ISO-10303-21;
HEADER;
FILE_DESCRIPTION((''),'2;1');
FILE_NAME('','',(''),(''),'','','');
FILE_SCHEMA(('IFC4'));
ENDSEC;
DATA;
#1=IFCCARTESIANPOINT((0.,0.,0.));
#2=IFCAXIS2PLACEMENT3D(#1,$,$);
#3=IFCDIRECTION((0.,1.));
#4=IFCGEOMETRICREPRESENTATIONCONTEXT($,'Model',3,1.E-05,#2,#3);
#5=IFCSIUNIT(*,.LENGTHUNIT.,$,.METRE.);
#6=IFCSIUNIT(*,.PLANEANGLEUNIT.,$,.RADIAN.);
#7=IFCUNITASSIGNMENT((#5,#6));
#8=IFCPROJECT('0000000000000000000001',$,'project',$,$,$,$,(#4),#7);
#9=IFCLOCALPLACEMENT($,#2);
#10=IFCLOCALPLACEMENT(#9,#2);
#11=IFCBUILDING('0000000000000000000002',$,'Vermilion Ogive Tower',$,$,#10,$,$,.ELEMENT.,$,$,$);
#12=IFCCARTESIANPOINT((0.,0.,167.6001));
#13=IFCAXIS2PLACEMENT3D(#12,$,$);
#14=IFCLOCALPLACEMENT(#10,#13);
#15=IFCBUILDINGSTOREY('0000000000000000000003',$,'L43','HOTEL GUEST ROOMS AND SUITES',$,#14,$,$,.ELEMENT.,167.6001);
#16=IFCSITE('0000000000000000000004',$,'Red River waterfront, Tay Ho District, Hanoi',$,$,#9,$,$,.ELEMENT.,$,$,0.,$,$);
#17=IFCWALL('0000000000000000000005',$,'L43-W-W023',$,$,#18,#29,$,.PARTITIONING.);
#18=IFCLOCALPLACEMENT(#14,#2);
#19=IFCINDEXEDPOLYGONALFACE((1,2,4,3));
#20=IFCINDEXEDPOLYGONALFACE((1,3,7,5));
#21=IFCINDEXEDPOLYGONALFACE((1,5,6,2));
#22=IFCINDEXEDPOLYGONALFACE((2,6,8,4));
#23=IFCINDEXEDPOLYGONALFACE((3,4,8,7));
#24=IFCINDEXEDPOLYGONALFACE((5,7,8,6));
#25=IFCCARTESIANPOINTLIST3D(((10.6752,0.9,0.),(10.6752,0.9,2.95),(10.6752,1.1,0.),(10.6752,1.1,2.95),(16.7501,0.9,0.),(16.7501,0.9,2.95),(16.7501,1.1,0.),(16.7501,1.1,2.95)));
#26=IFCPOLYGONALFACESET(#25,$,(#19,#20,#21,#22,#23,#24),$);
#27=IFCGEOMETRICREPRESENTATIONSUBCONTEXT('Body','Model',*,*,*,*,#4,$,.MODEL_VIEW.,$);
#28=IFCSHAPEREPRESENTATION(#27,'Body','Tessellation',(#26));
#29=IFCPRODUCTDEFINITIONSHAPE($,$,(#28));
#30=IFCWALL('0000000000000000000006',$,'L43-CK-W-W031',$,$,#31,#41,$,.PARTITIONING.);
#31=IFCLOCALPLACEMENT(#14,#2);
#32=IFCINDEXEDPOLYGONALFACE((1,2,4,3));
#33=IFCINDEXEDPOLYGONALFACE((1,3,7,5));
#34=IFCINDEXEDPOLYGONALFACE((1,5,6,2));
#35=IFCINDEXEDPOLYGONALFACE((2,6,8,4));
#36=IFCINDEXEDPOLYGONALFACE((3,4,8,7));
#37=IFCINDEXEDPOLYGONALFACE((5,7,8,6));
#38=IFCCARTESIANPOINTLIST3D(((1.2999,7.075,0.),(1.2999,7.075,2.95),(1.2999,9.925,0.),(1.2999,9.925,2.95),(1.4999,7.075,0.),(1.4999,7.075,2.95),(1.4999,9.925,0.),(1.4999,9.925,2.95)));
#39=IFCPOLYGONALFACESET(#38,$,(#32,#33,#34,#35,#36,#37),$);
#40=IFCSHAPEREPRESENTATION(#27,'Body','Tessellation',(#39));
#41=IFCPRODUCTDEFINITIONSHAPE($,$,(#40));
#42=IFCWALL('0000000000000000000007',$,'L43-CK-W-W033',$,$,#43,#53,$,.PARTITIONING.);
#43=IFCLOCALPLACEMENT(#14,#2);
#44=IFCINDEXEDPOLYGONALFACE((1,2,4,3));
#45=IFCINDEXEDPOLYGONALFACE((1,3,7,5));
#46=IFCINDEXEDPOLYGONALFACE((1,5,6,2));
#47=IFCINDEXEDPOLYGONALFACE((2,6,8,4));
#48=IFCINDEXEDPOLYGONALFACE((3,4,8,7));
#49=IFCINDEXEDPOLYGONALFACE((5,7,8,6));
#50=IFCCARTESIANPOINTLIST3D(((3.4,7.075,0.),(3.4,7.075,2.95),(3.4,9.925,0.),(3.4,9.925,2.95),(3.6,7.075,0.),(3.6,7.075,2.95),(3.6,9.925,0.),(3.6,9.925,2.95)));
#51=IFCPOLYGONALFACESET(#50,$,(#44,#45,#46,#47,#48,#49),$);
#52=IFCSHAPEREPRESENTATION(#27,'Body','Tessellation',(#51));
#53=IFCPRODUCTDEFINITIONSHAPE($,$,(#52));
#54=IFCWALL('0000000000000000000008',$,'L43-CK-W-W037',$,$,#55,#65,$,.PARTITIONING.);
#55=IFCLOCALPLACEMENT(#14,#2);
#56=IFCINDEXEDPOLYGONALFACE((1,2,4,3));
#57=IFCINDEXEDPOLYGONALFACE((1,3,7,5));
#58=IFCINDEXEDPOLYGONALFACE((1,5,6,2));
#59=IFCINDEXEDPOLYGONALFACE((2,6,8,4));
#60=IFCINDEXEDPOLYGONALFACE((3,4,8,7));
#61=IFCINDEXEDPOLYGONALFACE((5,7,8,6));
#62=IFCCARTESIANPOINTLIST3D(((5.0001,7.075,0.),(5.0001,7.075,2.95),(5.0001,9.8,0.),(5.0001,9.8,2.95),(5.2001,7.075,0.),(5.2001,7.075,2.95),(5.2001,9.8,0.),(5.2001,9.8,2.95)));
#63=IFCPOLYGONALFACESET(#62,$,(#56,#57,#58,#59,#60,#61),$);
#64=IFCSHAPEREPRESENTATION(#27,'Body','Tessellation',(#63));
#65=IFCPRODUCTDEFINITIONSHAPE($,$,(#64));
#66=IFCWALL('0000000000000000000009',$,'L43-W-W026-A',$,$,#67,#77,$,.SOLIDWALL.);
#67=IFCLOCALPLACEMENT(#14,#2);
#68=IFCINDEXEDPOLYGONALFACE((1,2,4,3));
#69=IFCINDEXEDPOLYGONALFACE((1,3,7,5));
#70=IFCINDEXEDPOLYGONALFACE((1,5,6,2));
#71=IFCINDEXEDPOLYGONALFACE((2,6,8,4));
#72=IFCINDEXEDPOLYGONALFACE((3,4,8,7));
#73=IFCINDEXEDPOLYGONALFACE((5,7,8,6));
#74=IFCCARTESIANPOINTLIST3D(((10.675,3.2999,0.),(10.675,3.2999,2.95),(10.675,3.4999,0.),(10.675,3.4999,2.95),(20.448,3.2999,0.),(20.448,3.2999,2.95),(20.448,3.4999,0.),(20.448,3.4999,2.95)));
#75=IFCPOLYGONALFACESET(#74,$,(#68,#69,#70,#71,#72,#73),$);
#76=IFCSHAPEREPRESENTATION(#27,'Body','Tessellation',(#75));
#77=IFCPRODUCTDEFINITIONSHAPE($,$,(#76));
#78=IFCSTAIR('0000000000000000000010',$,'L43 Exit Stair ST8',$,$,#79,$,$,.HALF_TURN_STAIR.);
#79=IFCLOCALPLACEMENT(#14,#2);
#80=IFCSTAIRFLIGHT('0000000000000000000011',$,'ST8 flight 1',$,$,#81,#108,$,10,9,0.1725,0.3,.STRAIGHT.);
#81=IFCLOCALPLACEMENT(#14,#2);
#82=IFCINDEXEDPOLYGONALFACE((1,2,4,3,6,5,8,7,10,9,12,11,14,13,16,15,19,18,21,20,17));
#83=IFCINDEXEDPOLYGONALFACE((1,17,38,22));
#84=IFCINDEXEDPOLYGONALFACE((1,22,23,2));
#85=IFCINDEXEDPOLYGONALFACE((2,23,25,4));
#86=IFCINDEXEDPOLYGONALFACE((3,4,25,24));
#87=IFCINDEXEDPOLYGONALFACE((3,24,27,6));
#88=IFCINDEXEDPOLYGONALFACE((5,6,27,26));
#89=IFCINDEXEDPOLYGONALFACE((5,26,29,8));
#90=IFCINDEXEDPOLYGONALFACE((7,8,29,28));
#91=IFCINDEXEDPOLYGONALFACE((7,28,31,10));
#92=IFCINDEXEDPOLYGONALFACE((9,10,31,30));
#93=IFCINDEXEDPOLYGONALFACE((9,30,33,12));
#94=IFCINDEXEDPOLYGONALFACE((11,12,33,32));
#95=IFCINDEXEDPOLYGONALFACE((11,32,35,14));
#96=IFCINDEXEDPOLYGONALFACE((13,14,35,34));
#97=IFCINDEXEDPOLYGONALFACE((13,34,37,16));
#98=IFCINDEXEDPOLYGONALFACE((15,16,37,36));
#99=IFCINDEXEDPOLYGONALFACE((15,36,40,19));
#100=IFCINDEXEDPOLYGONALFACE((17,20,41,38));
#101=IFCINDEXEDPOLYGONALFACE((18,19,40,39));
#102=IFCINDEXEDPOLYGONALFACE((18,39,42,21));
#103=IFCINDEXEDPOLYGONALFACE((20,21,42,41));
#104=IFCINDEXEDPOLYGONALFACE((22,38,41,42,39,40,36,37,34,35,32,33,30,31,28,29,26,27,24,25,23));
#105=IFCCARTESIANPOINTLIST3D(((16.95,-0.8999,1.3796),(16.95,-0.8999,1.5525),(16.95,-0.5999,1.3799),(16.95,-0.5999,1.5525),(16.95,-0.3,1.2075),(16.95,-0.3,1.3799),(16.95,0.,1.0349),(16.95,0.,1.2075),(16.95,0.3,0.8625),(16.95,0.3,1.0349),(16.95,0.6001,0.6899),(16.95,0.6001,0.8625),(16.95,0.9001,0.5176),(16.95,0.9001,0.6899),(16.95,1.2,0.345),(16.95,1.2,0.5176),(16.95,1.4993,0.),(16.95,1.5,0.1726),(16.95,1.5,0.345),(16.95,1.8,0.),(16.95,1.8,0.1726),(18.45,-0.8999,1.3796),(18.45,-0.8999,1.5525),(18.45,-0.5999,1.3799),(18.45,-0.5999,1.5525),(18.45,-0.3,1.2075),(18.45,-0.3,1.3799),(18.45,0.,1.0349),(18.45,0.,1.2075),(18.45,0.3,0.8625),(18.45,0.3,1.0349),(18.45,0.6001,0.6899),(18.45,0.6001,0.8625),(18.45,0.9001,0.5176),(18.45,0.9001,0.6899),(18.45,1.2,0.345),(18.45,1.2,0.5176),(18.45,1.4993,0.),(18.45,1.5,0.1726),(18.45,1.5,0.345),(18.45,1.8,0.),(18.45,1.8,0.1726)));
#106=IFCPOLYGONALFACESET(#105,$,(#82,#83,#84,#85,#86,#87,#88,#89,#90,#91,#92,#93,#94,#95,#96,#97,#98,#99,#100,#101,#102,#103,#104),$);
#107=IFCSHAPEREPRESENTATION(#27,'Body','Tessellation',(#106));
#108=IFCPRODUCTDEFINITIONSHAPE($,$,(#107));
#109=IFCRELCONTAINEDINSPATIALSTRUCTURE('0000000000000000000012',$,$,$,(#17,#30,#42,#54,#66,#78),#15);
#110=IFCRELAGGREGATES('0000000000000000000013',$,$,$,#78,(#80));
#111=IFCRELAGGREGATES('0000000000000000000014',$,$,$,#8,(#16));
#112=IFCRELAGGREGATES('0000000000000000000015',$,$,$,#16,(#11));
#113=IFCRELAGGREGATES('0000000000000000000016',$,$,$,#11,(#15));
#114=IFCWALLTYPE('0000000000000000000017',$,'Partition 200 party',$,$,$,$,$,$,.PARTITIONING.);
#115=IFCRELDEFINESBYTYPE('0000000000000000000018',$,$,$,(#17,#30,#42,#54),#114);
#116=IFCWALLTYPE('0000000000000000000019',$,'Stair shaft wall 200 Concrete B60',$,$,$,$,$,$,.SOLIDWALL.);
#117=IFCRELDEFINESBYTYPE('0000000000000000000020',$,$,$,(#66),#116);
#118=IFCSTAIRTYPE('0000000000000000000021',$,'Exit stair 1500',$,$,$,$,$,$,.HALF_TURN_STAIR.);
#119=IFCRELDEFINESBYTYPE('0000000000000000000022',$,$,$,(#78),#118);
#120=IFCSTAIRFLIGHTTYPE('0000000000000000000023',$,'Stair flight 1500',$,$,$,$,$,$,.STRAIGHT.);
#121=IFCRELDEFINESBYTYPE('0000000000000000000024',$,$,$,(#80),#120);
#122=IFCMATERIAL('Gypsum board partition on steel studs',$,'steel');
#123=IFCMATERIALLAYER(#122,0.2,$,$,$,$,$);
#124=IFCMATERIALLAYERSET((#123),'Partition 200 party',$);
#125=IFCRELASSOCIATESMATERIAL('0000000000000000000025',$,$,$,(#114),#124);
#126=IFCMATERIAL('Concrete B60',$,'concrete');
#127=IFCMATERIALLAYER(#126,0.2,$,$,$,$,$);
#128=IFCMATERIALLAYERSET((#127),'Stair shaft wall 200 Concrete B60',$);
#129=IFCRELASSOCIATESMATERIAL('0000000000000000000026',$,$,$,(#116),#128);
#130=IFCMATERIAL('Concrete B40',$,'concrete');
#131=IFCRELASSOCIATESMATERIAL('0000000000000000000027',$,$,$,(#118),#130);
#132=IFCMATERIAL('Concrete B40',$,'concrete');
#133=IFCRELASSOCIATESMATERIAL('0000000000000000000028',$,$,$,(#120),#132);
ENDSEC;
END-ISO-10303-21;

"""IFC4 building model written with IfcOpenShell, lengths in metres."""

from ifc_helpers import new_model, si_unit, direction, frame, frame_2d, origin, place, context, subcontext, project, spatial, polyline, rectangle, outline, extrude, material, layer, layer_set, type_object, element, aggregate, save


model = new_model("IFC4")

# Units and contexts
model_context = context("Model", 3, precision=1e-05, world=origin(), true_north=direction((0.0, 1.0)))
body_context = subcontext(model_context, "Body", "Model", "MODEL_VIEW")
ifc_project = project(units=[si_unit("LENGTHUNIT", "METRE"), si_unit("PLANEANGLEUNIT", "RADIAN")], contexts=[model_context])

# Site, building, storey
site_placement = place(None, origin())
site = spatial("IfcSite", under=ifc_project, at=site_placement, Name="Red River waterfront, Tay Ho District, Hanoi", CompositionType="ELEMENT", RefElevation=0.0)
building_placement = place(site_placement, origin())
building = spatial("IfcBuilding", under=site, at=building_placement, Name="Vermilion Ogive Tower", CompositionType="ELEMENT")
storey_placement = place(building_placement, frame((0.0, 0.0, 167.6001)))
storey = spatial("IfcBuildingStorey", under=building, at=storey_placement, Name="L43", Description="HOTEL GUEST ROOMS AND SUITES", CompositionType="ELEMENT", Elevation=167.6001)

# Walls
ifc_material_1 = material(Name="Gypsum board partition on steel studs", Category="steel")
ifc_layer_1 = layer(ifc_material_1, 0.2)
ifc_layer_set_1 = layer_set([ifc_layer_1], Name="Partition 200 party")
wall_type_1 = type_object("IfcWallType", Name="Partition 200 party", PredefinedType="PARTITIONING", material=ifc_layer_set_1)
wall_1_placement = place(storey_placement, frame((10.675, 1.0, 0.0), z_axis=(0.0, 0.0, 1.0), x_axis=(1.0, 0.0, 0.0)))
element("IfcWall", 1, at=wall_1_placement, inside=storey, type_object=wall_type_1, Name="L43-W-W023", PredefinedType="PARTITIONING", context=body_context, shape_type="SweptSolid", body=[
    extrude(rectangle(XDim=6.075, YDim=0.2, at=frame_2d((3.0376, 0.0))), origin(), (0.0, 0.0, 1.0), 2.95),
])
for number, where, z_axis, x_axis, name in (
    (2, (1.3999, 7.075, 0.0), (0.0, 0.0, 1.0), (0.0, 1.0, 0.0), "L43-CK-W-W031"),
    (3, (3.5, 7.075, 0.0), (0.0, 0.0, 1.0), (0.0, 1.0, 0.0), "L43-CK-W-W033"),
):
    element("IfcWall", number, at=place(storey_placement, frame(where, z_axis=z_axis, x_axis=x_axis)), inside=storey, type_object=wall_type_1, Name=name, PredefinedType="PARTITIONING", context=body_context, shape_type="SweptSolid", body=[
        extrude(rectangle(XDim=2.8501, YDim=0.2, at=frame_2d((1.425, 0.0))), origin(), (0.0, 0.0, 1.0), 2.95),
    ])
wall_2_placement = place(storey_placement, frame((5.1001, 7.075, 0.0), z_axis=(0.0, 0.0, 1.0), x_axis=(0.0, 1.0, 0.0)))
element("IfcWall", 4, at=wall_2_placement, inside=storey, type_object=wall_type_1, Name="L43-CK-W-W037", PredefinedType="PARTITIONING", context=body_context, shape_type="SweptSolid", body=[
    extrude(rectangle(XDim=2.7251, YDim=0.2, at=frame_2d((1.3625, 0.0))), origin(), (0.0, 0.0, 1.0), 2.95),
])
ifc_material_2 = material(Name="Concrete B60", Category="concrete")
ifc_layer_2 = layer(ifc_material_2, 0.2)
ifc_layer_set_2 = layer_set([ifc_layer_2], Name="Stair shaft wall 200 Concrete B60")
wall_type_2 = type_object("IfcWallType", Name="Stair shaft wall 200 Concrete B60", PredefinedType="SOLIDWALL", material=ifc_layer_set_2)
wall_3_placement = place(storey_placement, frame((10.675, 3.3999, 0.0), z_axis=(0.0, 0.0, 1.0), x_axis=(1.0, 0.0, 0.0)))
element("IfcWall", 5, at=wall_3_placement, inside=storey, type_object=wall_type_2, Name="L43-W-W026-A", PredefinedType="SOLIDWALL", context=body_context, shape_type="SweptSolid", body=[
    extrude(rectangle(XDim=9.7729, YDim=0.2, at=frame_2d((4.8865, 0.0))), origin(), (0.0, 0.0, 1.0), 2.95),
])

# Stair, stair flight
ifc_material_3 = material(Name="Concrete B40", Category="concrete")
stair_type = type_object("IfcStairType", Name="Exit stair 1500", PredefinedType="HALF_TURN_STAIR", material=ifc_material_3)
stair_placement = place(storey_placement, origin())
stair = element("IfcStair", 6, at=stair_placement, inside=storey, type_object=stair_type, Name="L43 Exit Stair ST8", PredefinedType="HALF_TURN_STAIR")
ifc_material_4 = material(Name="Concrete B40", Category="concrete")
stair_flight_type = type_object("IfcStairFlightType", Name="Stair flight 1500", PredefinedType="STRAIGHT", material=ifc_material_4)
stair_flight_placement = place(storey_placement, frame((17.7, 1.8, 0.0), z_axis=(0.0, 0.0, 1.0), x_axis=(0.0, -1.0, 0.0)))
stair_flight = element("IfcStairFlight", 7, at=stair_flight_placement, type_object=stair_flight_type, Name="ST8 flight 1", NumberOfRisers=10, NumberOfTreads=9, PredefinedType="STRAIGHT", RiserHeight=0.1725, TreadLength=0.3, context=body_context, shape_type="SweptSolid", body=[
    extrude(outline(polyline([(0.0, 0.0), (0.0, 0.1726), (0.3, 0.1726), (0.3, 0.345), (0.6001, 0.345), (0.6001, 0.5176), (0.8999, 0.5176), (0.8999, 0.6899), (1.2, 0.6899), (1.2, 0.8625), (1.5, 0.8625), (1.5, 1.0349), (1.8, 1.0349), (1.8, 1.2075), (2.1001, 1.2075), (2.1001, 1.3799), (2.3999, 1.3799), (2.3999, 1.5525), (2.7, 1.5525), (2.7, 1.7251), (2.7, 1.3796), (0.3008, 0.0), (0.0, 0.0)])), frame((0.0, 0.75, 0.0), z_axis=(0.0, -1.0, 0.0), x_axis=(1.0, 0.0, 0.0)), (0.0, 0.0, 1.0), 1.5),
])
aggregate(stair, [stair_flight])

save(model, "model.ifc")
